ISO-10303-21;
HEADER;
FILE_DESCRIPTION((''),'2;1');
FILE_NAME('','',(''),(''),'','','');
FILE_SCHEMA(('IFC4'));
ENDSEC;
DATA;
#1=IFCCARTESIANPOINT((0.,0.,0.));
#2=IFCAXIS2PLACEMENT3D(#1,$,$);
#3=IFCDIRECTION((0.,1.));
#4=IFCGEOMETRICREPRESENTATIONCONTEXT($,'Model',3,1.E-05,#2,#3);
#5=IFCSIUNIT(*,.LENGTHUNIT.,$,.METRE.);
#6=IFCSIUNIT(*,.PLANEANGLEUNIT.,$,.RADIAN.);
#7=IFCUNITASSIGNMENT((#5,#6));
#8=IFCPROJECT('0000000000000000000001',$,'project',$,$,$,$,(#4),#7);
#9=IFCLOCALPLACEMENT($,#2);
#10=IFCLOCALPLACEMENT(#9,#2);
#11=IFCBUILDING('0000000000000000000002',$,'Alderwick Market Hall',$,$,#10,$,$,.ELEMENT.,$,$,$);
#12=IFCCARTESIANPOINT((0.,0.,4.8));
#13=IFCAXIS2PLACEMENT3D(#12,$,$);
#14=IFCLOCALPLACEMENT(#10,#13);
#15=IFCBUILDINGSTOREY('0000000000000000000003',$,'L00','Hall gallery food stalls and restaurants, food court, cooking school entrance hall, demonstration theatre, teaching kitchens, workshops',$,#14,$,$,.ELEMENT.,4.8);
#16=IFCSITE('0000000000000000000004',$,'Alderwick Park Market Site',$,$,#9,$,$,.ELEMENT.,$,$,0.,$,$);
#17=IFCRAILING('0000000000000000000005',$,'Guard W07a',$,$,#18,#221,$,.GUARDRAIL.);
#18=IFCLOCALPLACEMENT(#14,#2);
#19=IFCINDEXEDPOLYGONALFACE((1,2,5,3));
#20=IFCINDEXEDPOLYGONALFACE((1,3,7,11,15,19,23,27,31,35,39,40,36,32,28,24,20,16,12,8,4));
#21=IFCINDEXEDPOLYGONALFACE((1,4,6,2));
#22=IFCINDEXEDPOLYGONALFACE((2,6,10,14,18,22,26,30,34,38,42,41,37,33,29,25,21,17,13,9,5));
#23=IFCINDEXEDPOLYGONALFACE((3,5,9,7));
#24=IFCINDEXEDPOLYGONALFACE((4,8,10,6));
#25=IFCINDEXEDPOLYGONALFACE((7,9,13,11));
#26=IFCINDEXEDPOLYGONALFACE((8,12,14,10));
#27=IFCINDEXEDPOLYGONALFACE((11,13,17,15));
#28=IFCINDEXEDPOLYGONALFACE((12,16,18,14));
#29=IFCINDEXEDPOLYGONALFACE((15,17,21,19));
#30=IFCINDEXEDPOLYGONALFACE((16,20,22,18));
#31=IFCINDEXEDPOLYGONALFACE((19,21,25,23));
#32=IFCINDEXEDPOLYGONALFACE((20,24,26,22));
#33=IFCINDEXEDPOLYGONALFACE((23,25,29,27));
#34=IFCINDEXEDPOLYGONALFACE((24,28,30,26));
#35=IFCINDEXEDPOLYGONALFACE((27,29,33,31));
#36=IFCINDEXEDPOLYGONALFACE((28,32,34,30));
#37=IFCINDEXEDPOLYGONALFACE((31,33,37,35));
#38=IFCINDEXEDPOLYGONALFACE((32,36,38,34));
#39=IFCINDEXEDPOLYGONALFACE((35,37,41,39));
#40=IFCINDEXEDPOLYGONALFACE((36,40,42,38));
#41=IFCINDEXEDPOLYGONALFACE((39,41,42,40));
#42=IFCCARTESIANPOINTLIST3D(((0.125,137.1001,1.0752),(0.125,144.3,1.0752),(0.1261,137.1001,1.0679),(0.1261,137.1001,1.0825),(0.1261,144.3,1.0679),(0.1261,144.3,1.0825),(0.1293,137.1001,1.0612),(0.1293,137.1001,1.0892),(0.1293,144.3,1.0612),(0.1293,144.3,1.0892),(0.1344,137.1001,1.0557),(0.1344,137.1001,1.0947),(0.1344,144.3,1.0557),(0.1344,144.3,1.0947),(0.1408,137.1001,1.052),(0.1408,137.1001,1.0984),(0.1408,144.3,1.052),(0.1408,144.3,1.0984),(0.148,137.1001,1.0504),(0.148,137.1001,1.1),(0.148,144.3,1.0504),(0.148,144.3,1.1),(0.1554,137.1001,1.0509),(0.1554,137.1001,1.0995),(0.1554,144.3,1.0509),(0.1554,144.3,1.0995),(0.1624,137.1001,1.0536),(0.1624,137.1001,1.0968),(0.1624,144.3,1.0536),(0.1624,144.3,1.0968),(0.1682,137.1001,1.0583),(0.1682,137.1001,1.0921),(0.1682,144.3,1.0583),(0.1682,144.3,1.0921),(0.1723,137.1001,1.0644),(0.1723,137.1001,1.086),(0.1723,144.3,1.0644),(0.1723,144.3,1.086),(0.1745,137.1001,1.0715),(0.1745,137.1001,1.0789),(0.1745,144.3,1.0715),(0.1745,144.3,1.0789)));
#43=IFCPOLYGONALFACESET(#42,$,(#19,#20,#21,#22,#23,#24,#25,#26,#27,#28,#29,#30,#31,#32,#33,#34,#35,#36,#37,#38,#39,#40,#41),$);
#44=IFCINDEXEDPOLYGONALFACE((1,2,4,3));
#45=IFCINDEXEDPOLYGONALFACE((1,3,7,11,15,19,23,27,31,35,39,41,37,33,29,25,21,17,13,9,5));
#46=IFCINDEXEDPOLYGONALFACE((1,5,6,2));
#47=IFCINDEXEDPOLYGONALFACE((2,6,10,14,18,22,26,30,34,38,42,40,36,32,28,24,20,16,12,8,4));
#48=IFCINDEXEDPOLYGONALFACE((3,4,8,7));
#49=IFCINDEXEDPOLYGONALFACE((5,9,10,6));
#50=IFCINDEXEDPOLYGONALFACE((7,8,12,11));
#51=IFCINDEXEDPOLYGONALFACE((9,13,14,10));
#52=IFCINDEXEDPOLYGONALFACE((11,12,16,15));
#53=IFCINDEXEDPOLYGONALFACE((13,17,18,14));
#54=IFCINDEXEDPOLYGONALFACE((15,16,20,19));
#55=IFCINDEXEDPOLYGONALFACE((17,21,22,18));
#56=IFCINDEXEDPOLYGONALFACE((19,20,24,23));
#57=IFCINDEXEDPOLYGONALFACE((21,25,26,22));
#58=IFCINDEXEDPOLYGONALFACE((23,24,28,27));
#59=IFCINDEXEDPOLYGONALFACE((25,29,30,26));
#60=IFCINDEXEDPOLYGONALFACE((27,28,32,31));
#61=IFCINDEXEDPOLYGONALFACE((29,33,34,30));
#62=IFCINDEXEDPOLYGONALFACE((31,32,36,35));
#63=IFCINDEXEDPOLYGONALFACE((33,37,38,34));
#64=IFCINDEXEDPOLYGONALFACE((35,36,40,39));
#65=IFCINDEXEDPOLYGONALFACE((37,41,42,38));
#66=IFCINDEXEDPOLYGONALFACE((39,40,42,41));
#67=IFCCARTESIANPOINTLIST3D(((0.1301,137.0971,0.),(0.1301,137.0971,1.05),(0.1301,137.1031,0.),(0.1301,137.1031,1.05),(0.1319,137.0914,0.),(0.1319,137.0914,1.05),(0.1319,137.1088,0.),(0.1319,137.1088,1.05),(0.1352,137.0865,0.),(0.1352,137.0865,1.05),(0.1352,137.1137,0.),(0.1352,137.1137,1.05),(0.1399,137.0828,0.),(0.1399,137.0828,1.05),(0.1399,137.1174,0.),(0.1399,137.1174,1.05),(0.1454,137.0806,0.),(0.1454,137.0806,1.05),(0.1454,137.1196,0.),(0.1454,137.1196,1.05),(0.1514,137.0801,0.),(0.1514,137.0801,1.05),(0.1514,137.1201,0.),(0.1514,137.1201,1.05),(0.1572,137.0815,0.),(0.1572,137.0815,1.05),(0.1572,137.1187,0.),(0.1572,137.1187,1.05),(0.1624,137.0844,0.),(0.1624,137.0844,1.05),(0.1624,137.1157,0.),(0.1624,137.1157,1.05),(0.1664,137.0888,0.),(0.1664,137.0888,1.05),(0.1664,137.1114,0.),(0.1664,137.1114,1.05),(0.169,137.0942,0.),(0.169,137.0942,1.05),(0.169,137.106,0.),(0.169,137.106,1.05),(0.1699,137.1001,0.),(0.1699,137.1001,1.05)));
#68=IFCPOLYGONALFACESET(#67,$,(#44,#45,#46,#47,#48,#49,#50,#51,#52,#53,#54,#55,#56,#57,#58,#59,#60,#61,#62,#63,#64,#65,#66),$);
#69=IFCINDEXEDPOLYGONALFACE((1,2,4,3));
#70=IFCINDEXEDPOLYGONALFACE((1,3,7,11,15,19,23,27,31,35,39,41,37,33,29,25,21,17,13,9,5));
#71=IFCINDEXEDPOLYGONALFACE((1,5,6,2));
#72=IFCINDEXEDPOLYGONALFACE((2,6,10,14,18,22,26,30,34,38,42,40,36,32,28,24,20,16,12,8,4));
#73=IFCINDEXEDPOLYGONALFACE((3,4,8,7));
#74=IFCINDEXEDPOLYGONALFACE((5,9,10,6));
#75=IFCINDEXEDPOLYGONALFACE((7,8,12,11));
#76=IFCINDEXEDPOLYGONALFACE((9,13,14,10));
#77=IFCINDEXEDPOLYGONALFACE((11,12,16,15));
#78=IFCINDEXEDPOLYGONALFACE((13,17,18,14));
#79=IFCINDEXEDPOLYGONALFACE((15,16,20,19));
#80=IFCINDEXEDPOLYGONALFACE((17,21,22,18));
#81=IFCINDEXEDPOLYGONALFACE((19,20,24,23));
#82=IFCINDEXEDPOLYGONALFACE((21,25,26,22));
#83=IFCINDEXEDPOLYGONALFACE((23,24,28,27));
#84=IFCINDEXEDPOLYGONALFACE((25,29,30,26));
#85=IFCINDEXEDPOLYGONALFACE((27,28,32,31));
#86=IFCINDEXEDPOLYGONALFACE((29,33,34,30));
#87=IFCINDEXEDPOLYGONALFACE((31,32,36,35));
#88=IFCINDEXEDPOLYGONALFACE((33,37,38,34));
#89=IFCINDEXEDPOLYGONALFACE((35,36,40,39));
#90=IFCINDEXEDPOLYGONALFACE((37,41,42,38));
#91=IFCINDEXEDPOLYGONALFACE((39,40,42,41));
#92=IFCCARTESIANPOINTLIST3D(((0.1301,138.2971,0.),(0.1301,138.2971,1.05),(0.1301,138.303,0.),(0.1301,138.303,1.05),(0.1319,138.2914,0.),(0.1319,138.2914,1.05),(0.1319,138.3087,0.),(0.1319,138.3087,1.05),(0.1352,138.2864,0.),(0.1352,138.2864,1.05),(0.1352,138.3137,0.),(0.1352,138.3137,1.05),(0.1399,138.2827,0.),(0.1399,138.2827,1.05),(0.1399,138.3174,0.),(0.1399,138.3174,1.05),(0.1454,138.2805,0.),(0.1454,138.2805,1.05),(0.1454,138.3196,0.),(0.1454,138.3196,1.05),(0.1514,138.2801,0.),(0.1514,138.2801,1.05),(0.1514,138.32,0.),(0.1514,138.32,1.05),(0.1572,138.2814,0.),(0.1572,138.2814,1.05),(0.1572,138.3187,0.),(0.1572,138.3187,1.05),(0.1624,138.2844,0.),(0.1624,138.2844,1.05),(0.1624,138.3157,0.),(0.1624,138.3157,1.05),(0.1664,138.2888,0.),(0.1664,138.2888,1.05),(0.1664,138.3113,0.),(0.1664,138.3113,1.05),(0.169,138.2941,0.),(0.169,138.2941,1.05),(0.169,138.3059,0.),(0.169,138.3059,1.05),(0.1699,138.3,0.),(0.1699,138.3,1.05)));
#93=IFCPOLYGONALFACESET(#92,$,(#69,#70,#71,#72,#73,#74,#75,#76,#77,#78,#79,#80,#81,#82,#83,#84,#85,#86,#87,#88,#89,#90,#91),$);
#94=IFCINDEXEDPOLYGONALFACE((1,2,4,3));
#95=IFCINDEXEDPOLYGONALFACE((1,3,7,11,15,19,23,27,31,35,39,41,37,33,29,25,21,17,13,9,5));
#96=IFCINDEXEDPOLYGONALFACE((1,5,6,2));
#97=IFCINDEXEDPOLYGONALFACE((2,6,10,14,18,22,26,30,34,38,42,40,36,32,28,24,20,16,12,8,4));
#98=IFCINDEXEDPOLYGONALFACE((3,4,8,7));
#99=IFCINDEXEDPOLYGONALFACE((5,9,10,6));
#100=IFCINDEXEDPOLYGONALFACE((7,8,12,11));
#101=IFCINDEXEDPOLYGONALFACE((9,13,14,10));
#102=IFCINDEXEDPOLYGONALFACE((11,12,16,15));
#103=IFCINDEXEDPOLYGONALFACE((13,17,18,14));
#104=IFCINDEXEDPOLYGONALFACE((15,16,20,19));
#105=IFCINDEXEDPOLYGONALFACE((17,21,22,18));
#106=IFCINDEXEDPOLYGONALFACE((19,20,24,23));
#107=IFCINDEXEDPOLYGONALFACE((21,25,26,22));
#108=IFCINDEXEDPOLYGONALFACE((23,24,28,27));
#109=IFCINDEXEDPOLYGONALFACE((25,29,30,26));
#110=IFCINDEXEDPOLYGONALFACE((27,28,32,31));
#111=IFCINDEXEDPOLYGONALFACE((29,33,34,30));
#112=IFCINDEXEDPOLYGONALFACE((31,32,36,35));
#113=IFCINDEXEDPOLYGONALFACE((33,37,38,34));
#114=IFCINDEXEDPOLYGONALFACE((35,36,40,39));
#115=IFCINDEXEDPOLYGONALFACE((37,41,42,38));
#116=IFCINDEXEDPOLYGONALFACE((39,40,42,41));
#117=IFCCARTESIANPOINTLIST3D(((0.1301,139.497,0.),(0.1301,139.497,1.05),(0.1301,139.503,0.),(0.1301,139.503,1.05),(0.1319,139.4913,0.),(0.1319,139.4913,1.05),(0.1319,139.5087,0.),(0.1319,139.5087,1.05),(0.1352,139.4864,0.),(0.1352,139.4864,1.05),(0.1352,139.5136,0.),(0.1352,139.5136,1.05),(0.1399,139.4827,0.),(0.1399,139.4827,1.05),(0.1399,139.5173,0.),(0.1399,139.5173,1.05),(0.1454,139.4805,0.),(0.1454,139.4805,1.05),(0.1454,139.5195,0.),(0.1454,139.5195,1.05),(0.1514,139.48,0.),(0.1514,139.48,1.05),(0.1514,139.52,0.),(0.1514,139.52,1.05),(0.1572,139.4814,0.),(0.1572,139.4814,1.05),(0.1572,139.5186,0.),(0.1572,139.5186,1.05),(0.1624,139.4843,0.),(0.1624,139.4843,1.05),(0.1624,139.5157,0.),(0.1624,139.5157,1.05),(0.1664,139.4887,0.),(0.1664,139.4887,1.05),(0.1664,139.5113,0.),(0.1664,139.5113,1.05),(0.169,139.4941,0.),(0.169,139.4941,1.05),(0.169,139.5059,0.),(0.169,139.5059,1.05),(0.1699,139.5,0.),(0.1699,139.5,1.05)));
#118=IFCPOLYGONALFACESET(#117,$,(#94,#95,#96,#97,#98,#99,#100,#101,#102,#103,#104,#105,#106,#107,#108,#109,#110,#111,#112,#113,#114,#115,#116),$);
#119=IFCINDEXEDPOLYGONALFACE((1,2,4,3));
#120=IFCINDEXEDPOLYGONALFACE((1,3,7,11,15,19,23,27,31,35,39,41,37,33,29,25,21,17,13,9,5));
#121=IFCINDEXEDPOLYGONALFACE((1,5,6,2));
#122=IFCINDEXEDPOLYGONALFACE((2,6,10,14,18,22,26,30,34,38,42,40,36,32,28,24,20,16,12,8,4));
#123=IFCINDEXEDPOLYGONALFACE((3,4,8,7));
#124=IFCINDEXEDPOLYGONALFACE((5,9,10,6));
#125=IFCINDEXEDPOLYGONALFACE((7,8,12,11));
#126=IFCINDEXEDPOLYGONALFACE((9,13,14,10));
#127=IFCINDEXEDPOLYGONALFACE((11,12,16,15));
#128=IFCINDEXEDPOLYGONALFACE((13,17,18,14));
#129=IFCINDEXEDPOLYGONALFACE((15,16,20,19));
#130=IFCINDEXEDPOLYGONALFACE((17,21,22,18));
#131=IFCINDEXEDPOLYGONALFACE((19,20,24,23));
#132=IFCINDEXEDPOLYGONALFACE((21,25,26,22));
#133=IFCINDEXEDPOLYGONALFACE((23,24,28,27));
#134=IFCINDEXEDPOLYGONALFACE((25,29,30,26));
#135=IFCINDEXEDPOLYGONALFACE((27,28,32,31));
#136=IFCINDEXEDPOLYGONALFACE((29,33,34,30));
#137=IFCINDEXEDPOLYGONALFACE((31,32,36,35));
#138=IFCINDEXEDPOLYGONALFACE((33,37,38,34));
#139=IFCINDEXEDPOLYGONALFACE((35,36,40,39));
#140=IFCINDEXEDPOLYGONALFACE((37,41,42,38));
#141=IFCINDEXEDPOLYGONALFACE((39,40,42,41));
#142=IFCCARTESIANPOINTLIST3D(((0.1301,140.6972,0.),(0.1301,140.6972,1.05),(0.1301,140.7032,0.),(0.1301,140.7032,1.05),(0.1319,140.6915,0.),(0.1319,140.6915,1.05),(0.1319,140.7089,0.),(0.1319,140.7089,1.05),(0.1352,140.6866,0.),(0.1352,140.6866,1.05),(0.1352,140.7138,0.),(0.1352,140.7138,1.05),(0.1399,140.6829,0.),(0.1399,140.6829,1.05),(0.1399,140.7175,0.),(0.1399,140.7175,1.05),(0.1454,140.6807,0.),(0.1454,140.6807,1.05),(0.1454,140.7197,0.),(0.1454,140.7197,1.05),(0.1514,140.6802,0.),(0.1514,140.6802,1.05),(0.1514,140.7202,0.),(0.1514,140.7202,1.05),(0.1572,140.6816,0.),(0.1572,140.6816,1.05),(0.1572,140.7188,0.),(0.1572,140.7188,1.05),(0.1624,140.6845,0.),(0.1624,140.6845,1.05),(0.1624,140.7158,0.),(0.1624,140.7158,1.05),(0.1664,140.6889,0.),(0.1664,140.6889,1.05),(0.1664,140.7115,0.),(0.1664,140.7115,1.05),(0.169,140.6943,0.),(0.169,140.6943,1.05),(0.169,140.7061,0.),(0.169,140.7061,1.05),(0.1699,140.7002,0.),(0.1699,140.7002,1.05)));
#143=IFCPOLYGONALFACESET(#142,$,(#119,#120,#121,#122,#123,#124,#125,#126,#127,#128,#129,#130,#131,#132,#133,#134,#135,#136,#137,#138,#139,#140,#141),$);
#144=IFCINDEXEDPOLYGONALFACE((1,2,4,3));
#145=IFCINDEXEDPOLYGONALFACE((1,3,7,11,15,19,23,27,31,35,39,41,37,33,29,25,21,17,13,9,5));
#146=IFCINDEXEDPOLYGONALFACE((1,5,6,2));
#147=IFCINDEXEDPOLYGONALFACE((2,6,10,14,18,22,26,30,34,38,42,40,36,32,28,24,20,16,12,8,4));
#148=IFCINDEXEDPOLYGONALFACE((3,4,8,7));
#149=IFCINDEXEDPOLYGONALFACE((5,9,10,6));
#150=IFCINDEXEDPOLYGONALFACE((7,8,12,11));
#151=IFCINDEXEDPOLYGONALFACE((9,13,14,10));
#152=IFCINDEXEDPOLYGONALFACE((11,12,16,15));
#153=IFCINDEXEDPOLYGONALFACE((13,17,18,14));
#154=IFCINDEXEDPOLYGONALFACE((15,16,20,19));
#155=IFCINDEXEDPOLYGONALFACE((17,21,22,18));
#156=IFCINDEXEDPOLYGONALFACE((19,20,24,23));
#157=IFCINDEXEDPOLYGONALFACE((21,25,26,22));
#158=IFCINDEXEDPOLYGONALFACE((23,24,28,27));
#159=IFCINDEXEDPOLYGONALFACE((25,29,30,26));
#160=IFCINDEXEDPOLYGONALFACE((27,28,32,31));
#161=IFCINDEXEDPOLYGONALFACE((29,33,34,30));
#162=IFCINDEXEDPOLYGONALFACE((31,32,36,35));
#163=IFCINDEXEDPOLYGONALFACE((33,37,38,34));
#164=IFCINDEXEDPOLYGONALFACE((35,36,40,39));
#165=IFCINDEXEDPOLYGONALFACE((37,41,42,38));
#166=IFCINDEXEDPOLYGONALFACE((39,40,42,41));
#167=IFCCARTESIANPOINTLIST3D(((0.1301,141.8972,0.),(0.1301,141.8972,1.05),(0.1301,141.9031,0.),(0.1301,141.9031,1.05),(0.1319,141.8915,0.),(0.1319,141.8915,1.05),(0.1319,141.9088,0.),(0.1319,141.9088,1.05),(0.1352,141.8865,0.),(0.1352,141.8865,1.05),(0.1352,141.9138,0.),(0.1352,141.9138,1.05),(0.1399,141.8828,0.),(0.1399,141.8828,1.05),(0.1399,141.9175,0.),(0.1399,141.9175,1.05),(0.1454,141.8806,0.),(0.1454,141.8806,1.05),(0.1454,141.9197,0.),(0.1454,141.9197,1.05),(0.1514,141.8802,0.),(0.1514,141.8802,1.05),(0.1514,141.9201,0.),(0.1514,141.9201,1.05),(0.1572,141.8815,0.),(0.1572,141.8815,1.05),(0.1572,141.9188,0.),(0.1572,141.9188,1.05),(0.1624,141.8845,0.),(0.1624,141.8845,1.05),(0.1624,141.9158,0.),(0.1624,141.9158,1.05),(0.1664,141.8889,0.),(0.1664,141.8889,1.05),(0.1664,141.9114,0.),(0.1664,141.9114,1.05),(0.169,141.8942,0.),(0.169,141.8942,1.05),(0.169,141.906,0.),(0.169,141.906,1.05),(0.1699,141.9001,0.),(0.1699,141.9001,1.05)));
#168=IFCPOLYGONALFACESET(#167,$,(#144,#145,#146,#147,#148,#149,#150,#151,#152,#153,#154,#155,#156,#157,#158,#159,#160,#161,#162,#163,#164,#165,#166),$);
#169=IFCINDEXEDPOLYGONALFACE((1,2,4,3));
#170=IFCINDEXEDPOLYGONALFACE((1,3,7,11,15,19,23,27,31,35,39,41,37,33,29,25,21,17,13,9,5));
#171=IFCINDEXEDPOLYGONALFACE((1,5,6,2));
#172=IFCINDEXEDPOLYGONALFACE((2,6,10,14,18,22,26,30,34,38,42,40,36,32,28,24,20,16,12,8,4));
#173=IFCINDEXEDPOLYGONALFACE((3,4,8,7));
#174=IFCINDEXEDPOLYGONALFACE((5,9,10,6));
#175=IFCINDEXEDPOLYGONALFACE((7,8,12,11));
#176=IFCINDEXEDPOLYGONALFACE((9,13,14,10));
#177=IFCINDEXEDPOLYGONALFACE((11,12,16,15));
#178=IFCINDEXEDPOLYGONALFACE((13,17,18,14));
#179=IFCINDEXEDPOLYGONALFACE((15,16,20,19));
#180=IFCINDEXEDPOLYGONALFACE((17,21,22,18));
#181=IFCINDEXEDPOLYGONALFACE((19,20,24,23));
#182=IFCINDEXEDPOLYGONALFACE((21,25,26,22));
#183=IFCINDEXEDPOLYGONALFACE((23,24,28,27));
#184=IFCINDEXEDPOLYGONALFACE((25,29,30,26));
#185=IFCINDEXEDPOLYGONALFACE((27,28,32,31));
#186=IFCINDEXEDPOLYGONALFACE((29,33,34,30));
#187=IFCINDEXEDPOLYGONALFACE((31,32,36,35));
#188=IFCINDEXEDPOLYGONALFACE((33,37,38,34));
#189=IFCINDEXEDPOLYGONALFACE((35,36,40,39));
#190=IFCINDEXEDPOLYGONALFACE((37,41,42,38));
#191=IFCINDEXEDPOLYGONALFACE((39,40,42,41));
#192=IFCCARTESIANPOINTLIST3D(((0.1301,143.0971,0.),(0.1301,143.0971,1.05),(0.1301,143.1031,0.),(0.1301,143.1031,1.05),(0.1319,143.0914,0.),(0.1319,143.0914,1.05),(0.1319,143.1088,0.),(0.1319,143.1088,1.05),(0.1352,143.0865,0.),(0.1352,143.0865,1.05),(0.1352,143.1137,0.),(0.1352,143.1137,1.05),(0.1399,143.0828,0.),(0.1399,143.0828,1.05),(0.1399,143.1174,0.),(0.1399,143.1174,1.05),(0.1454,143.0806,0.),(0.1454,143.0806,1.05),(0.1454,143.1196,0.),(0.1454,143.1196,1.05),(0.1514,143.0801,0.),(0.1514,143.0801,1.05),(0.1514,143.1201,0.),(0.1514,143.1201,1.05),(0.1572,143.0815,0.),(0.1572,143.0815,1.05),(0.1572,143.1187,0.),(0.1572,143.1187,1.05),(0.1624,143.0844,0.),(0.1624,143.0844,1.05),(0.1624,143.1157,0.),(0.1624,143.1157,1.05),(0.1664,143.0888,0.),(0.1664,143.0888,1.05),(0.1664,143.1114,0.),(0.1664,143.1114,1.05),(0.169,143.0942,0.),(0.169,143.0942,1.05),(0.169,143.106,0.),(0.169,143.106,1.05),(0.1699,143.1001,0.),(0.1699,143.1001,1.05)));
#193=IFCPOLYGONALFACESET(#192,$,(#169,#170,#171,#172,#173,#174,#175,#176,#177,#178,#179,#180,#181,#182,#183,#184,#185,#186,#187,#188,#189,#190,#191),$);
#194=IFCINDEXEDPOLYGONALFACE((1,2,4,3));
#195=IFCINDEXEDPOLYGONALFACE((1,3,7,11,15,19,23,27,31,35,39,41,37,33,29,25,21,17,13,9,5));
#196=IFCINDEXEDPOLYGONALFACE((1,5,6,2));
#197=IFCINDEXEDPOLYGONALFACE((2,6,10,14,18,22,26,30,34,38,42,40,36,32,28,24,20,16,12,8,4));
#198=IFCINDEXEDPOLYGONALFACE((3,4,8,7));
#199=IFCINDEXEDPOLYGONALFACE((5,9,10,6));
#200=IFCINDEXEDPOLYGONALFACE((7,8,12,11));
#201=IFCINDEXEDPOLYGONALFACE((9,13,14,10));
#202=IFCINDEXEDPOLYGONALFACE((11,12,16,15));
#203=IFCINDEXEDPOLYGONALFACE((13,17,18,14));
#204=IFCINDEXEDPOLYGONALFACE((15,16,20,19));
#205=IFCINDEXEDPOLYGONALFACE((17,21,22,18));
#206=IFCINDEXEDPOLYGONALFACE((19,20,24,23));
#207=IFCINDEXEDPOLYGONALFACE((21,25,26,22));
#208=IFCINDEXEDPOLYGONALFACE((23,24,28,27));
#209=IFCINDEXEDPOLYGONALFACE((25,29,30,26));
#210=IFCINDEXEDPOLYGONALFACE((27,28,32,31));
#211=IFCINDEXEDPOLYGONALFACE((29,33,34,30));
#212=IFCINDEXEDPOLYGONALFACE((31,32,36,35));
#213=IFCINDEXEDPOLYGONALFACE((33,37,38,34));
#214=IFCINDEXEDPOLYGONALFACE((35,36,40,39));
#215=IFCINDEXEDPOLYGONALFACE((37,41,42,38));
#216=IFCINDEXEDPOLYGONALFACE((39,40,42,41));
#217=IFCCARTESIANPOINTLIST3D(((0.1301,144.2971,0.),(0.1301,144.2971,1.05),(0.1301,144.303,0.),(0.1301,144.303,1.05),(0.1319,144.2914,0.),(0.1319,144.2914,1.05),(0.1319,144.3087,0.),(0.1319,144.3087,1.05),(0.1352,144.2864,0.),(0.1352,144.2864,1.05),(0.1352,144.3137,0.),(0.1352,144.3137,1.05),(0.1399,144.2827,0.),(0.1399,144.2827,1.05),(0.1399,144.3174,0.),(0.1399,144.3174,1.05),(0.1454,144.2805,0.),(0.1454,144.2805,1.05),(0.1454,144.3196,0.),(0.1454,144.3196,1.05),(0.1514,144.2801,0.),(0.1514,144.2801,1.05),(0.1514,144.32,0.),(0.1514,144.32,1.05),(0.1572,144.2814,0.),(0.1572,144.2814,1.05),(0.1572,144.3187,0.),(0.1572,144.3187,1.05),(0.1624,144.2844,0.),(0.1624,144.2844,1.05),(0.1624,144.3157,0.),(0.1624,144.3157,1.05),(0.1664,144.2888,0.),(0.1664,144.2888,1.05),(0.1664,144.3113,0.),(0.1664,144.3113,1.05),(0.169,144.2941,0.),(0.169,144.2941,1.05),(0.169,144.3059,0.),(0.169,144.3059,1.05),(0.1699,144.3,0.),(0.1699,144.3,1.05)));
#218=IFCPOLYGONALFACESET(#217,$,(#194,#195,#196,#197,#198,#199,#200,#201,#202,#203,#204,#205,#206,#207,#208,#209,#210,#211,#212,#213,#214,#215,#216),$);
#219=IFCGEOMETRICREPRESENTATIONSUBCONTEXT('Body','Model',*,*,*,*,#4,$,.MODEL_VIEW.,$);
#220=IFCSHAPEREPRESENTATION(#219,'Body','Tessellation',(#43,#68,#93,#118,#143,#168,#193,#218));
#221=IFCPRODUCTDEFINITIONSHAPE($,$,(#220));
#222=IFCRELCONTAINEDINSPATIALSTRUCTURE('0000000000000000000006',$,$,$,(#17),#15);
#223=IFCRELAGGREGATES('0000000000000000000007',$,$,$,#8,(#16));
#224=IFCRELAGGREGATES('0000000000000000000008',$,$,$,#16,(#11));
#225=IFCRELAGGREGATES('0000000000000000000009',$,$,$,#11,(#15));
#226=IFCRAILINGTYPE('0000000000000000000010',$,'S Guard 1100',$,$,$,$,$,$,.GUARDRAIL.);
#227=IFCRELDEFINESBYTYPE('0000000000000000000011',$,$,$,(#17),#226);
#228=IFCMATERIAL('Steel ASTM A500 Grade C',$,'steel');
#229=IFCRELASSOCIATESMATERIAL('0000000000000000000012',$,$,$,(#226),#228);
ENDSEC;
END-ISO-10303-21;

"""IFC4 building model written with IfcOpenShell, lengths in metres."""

from ifc_helpers import new_model, si_unit, direction, frame, origin, origin_2d, place, context, subcontext, project, spatial, circle, extrude, material, type_object, element, save


model = new_model("IFC4")

# Units and contexts
model_context = context("Model", 3, precision=1e-05, world=origin(), true_north=direction((0.0, 1.0)))
body_context = subcontext(model_context, "Body", "Model", "MODEL_VIEW")
ifc_project = project(units=[si_unit("LENGTHUNIT", "METRE"), si_unit("PLANEANGLEUNIT", "RADIAN")], contexts=[model_context])

# Site, building, storey
site_placement = place(None, origin())
site = spatial("IfcSite", under=ifc_project, at=site_placement, Name="Alderwick Park Market Site", CompositionType="ELEMENT", RefElevation=0.0)
building_placement = place(site_placement, origin())
building = spatial("IfcBuilding", under=site, at=building_placement, Name="Alderwick Market Hall", CompositionType="ELEMENT")
storey_placement = place(building_placement, frame((0.0, 0.0, 4.8)))
storey = spatial("IfcBuildingStorey", under=building, at=storey_placement, Name="L00", Description="Hall gallery food stalls and restaurants, food court, cooking school entrance hall, demonstration theatre, teaching kitchens, workshops", CompositionType="ELEMENT", Elevation=4.8)

# Railing
ifc_material_1 = material(Name="Steel ASTM A500 Grade C", Category="steel")
railing_type = type_object("IfcRailingType", Name="S Guard 1100", PredefinedType="GUARDRAIL", material=ifc_material_1)
railing_placement = place(storey_placement, frame((0.1499, 137.1001, 0.0)))
element("IfcRailing", 1, at=railing_placement, inside=storey, type_object=railing_type, Name="Guard W07a", PredefinedType="GUARDRAIL", context=body_context, shape_type="SweptSolid", body=[
    extrude(circle(Radius=0.0249, at=origin_2d()), frame((0.0, 0.0, 1.0752), z_axis=(0.0, 1.0, 0.0), x_axis=(-1.0, 0.0, 0.0)), (0.0, 0.0, 1.0), 7.2),
    extrude(circle(Radius=0.02, at=origin_2d()), origin(), (0.0, 0.0, 1.0), 1.05),
    extrude(circle(Radius=0.02, at=origin_2d()), frame((0.0, 1.2, 0.0)), (0.0, 0.0, 1.0), 1.05),
    extrude(circle(Radius=0.02, at=origin_2d()), frame((0.0, 2.3999, 0.0)), (0.0, 0.0, 1.0), 1.05),
    extrude(circle(Radius=0.02, at=origin_2d()), frame((0.0, 3.6001, 0.0)), (0.0, 0.0, 1.0), 1.05),
    extrude(circle(Radius=0.02, at=origin_2d()), frame((0.0, 4.8, 0.0)), (0.0, 0.0, 1.0), 1.05),
    extrude(circle(Radius=0.02, at=origin_2d()), frame((0.0, 6.0, 0.0)), (0.0, 0.0, 1.0), 1.05),
    extrude(circle(Radius=0.02, at=origin_2d()), frame((0.0, 7.2, 0.0)), (0.0, 0.0, 1.0), 1.05),
])

save(model, "model.ifc")
